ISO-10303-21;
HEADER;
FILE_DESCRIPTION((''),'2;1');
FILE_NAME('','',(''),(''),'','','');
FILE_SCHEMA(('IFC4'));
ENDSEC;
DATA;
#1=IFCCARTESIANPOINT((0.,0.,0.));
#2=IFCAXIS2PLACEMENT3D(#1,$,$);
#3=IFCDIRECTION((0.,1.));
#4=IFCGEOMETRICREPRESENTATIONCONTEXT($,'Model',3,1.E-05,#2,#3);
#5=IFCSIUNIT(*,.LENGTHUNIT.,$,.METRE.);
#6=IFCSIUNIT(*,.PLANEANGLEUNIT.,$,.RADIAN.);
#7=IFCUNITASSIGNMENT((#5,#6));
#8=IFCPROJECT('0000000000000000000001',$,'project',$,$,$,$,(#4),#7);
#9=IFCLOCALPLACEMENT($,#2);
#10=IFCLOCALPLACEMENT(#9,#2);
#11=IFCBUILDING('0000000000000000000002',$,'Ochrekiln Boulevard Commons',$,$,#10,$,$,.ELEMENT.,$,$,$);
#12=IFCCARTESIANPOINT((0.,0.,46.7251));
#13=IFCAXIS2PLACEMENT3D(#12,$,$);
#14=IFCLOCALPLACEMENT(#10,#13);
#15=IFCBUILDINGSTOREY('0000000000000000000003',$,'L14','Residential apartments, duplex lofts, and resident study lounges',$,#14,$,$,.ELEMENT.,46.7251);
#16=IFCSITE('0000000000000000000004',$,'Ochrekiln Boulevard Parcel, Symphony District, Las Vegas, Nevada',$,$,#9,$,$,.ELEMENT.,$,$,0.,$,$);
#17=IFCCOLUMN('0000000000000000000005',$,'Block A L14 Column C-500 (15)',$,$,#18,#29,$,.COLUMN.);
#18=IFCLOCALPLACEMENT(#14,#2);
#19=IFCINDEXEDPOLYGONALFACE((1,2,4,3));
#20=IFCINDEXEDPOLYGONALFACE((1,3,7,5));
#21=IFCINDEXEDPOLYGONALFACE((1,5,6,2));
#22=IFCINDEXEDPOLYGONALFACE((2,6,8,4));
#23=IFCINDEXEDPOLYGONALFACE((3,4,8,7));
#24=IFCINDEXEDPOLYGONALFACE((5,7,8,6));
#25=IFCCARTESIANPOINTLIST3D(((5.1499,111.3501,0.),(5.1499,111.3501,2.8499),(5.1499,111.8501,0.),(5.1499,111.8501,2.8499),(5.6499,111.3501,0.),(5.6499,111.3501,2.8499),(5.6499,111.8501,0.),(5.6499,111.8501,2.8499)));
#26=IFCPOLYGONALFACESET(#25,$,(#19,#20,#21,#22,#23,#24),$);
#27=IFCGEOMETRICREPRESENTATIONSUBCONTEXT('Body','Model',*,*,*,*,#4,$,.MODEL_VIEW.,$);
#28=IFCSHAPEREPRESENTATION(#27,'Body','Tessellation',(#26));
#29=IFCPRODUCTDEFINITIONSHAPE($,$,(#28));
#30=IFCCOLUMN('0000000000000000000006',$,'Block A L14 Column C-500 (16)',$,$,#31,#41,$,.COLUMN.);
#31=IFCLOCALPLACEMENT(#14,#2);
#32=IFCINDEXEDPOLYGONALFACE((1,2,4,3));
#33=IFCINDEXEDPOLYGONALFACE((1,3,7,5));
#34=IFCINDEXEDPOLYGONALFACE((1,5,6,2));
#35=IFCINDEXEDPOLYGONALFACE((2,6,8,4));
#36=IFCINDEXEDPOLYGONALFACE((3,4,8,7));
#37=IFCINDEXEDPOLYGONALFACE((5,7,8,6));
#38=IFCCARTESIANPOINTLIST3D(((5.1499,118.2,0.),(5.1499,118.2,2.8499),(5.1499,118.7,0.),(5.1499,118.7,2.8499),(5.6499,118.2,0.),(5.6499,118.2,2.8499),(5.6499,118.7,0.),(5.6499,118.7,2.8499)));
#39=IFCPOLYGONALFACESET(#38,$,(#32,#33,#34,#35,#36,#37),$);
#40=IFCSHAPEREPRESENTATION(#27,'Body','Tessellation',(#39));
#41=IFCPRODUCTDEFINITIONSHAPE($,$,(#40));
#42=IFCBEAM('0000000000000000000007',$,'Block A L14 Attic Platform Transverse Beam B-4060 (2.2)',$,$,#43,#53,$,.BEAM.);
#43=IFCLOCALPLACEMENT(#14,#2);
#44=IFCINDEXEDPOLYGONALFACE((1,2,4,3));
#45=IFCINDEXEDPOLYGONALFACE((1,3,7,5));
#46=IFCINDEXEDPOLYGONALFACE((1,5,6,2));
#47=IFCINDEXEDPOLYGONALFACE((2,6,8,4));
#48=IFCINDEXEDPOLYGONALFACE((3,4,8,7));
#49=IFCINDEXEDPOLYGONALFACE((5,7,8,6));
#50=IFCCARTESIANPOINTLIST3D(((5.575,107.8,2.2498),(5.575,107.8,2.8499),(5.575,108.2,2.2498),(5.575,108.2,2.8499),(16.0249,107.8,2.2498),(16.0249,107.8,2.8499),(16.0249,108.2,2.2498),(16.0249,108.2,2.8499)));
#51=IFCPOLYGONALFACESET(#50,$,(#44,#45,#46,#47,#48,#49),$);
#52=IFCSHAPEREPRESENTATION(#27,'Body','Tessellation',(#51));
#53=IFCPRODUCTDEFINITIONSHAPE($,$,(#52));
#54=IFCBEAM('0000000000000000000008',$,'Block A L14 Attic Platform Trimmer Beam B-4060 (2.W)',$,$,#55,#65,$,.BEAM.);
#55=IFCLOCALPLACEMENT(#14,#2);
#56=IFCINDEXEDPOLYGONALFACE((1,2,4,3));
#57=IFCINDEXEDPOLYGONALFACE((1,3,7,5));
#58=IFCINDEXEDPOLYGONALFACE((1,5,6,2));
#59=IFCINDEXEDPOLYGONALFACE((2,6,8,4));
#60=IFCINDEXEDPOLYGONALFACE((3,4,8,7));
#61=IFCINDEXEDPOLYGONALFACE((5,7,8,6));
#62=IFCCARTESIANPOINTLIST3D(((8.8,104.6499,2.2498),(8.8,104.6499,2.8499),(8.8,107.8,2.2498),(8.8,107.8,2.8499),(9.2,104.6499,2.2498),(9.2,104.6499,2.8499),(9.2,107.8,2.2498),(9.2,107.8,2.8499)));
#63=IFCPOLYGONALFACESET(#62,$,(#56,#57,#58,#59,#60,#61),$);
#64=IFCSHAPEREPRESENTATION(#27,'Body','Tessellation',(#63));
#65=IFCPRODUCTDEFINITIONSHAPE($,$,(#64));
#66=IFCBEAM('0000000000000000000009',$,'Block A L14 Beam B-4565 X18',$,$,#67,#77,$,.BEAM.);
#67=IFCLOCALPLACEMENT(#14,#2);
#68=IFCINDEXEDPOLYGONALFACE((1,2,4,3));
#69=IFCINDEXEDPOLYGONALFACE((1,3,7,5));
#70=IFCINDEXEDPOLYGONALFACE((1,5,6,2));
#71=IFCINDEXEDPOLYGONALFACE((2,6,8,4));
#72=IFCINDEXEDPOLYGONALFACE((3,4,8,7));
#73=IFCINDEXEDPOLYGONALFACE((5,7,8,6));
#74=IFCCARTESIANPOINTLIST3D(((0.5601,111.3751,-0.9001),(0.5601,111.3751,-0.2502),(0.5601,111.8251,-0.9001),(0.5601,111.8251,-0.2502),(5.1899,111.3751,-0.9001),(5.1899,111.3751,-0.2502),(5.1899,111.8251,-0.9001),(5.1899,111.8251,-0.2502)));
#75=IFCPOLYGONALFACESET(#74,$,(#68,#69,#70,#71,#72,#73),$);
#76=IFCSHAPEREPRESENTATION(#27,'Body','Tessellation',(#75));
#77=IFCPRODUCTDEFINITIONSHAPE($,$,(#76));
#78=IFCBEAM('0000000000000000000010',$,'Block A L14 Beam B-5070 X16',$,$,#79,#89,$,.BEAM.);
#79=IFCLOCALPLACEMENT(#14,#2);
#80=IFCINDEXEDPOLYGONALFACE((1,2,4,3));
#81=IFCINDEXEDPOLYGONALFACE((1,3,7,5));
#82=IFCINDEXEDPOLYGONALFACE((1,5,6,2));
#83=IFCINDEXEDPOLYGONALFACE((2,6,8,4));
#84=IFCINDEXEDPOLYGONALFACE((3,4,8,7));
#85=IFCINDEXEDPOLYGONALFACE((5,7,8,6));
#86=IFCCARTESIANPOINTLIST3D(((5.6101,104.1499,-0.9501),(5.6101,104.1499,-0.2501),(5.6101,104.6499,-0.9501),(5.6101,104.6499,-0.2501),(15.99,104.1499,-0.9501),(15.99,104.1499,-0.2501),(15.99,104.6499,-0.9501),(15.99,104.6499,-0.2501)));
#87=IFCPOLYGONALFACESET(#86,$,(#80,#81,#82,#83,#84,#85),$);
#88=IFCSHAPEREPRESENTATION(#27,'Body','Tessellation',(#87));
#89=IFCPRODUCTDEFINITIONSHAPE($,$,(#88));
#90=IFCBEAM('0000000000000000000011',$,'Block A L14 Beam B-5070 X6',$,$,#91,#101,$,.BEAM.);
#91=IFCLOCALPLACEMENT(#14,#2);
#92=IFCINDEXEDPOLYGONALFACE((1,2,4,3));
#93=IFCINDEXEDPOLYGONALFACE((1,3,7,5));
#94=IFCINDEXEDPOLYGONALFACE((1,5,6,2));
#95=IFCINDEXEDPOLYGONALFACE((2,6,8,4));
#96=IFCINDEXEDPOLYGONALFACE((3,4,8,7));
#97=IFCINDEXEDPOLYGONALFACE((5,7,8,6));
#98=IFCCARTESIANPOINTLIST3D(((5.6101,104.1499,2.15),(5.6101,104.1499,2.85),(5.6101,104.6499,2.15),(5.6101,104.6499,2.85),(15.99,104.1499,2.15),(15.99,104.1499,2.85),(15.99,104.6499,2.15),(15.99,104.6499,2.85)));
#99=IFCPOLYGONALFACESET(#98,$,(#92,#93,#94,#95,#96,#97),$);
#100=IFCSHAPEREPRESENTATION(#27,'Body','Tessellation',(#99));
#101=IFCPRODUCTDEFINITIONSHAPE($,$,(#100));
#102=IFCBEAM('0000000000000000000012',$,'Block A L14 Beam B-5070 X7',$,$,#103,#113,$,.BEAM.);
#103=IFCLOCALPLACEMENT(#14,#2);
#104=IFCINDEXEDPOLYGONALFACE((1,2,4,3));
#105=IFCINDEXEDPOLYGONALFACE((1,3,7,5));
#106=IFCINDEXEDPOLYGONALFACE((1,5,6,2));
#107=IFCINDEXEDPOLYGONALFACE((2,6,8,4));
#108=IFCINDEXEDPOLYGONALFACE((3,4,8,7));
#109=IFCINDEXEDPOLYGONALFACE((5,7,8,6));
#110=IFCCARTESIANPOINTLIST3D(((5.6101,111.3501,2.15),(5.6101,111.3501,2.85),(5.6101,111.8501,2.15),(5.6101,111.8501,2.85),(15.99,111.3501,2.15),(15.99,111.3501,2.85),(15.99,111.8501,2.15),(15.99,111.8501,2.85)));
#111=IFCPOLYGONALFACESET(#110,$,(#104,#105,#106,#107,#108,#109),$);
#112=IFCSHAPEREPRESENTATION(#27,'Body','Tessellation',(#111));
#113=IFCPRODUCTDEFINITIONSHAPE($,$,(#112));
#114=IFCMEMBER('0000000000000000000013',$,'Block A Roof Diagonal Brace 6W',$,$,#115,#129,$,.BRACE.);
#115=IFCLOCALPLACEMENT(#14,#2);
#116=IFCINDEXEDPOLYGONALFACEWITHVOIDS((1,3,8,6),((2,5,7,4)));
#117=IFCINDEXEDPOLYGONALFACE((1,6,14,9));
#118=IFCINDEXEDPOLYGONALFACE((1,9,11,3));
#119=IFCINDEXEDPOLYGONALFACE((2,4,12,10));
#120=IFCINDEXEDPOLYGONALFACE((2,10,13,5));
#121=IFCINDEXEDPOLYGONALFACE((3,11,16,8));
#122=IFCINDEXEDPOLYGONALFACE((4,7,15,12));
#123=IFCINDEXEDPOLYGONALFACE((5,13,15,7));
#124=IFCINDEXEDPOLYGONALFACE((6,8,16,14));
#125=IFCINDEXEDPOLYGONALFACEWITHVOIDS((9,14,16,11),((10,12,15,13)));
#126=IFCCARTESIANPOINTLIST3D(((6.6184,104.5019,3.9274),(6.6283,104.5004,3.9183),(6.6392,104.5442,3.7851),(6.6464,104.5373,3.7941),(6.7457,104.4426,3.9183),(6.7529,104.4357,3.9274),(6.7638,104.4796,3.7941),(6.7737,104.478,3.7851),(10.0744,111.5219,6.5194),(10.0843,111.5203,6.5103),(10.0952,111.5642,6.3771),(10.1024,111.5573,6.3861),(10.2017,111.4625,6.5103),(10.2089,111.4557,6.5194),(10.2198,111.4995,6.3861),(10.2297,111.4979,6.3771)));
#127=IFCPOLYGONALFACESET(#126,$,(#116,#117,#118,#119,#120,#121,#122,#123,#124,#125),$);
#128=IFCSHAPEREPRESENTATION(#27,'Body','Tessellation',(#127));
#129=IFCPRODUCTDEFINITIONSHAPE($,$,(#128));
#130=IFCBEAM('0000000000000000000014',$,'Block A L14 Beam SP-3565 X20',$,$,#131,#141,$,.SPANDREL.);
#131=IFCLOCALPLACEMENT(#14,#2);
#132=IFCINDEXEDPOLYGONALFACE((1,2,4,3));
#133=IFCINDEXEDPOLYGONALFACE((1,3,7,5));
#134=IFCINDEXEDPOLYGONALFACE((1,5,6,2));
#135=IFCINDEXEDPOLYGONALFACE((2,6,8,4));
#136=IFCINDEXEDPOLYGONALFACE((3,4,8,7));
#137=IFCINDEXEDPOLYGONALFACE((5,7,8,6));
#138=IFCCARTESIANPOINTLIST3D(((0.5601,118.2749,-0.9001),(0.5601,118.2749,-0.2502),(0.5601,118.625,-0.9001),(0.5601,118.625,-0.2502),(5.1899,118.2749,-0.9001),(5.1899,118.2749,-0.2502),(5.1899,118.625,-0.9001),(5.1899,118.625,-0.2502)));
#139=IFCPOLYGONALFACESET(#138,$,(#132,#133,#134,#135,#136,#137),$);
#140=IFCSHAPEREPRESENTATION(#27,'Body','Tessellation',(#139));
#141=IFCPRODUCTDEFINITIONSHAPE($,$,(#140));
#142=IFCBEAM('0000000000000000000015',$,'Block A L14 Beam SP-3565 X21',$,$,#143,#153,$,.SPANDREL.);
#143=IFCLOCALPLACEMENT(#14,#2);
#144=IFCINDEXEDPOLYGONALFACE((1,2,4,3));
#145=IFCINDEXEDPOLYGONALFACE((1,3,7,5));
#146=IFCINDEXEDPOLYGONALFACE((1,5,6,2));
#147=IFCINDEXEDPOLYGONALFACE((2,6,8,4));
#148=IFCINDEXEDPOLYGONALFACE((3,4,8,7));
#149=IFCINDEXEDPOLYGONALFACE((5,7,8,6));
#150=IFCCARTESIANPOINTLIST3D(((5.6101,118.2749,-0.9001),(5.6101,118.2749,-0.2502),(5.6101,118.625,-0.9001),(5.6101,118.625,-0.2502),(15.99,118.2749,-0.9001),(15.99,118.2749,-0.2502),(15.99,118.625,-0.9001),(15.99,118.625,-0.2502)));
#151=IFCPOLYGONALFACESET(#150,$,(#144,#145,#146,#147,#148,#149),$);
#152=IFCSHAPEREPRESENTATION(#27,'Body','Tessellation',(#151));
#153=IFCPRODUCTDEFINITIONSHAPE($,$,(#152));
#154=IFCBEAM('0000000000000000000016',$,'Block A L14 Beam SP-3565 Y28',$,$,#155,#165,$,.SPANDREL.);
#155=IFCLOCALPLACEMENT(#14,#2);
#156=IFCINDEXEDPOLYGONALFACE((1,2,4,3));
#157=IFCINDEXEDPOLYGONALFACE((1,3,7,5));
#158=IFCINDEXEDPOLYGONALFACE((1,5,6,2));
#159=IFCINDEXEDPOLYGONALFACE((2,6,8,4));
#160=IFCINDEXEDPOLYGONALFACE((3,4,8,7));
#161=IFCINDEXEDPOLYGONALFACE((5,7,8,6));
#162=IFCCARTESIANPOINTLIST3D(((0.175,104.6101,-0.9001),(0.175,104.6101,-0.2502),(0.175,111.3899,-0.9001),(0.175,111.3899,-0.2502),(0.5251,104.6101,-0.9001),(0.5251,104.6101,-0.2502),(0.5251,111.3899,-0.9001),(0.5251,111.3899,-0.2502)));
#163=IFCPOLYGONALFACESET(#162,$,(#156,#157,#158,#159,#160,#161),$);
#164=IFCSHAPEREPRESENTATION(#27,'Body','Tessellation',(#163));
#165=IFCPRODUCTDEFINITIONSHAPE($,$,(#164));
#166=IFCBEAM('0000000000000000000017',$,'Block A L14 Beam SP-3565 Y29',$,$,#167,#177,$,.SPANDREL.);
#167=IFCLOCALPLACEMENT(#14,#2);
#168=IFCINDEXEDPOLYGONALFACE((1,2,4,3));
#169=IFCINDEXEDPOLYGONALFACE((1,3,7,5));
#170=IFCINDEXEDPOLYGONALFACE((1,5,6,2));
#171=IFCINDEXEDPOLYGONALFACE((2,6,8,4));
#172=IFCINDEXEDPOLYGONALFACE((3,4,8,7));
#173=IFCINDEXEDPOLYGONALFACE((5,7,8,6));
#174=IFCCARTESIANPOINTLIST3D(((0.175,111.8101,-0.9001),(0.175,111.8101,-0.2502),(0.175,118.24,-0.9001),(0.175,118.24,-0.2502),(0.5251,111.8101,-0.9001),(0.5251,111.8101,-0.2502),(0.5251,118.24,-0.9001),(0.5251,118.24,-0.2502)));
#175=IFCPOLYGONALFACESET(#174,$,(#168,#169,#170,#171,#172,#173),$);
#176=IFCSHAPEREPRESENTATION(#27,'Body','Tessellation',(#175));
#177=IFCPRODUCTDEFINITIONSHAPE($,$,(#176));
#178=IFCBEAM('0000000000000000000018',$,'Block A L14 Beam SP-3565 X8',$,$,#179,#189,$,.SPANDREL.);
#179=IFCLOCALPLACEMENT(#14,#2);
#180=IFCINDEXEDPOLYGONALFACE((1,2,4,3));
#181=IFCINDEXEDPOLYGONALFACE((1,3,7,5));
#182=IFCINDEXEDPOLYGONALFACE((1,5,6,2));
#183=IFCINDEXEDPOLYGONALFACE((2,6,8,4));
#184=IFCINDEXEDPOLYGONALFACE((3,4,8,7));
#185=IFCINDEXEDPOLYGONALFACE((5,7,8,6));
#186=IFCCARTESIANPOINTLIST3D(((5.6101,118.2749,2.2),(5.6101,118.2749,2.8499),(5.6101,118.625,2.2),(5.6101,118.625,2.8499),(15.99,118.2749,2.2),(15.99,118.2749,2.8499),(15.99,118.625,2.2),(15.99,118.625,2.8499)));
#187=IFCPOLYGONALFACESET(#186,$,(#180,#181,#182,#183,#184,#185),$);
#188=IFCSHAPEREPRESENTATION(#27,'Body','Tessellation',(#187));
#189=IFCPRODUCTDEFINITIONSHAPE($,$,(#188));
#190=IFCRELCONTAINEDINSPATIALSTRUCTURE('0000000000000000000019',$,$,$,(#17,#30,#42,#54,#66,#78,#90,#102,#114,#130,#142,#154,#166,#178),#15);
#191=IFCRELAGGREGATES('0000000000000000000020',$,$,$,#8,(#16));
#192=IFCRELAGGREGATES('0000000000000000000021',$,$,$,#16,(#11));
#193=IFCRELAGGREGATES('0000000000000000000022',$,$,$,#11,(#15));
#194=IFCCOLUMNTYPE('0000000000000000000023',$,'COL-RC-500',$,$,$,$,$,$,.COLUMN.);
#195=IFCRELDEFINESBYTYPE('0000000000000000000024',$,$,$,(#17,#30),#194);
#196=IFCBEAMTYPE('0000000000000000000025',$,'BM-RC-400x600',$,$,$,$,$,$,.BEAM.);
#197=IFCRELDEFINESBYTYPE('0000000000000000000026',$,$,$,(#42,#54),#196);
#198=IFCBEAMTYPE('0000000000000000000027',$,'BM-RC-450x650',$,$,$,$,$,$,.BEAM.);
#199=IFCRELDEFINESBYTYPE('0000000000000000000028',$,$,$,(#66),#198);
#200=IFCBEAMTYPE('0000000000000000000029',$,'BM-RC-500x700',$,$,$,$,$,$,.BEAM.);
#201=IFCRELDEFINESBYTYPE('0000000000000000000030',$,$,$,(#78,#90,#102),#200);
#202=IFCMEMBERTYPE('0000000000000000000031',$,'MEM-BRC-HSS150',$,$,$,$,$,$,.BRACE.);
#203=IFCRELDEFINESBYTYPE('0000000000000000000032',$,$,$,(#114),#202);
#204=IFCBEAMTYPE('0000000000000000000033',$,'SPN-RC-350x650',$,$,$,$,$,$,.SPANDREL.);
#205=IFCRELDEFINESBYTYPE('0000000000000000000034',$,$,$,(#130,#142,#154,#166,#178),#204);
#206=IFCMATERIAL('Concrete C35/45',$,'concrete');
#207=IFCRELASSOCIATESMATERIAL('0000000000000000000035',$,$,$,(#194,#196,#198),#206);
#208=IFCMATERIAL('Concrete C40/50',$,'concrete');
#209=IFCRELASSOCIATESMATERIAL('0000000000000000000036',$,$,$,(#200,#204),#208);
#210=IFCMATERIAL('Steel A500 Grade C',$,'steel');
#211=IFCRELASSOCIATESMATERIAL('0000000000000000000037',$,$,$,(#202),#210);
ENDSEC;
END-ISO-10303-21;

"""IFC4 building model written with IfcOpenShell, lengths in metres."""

from ifc_helpers import new_model, si_unit, direction, frame, origin, origin_2d, place, context, subcontext, project, spatial, rectangle, hollow_rectangle, extrude, material, material_profile, profile_set, type_object, element, save


model = new_model("IFC4")

# Units and contexts
model_context = context("Model", 3, precision=1e-05, world=origin(), true_north=direction((0.0, 1.0)))
body_context = subcontext(model_context, "Body", "Model", "MODEL_VIEW")
ifc_project = project(units=[si_unit("LENGTHUNIT", "METRE"), si_unit("PLANEANGLEUNIT", "RADIAN")], contexts=[model_context])

# Site, building, storey
site_placement = place(None, origin())
site = spatial("IfcSite", under=ifc_project, at=site_placement, Name="Ochrekiln Boulevard Parcel, Symphony District, Las Vegas, Nevada", CompositionType="ELEMENT", RefElevation=0.0)
building_placement = place(site_placement, origin())
building = spatial("IfcBuilding", under=site, at=building_placement, Name="Ochrekiln Boulevard Commons", CompositionType="ELEMENT")
storey_placement = place(building_placement, frame((0.0, 0.0, 46.7251)))
storey = spatial("IfcBuildingStorey", under=building, at=storey_placement, Name="L14", Description="Residential apartments, duplex lofts, and resident study lounges", CompositionType="ELEMENT", Elevation=46.7251)

# Columns
ifc_material_1 = material(Name="Concrete C35/45", Category="concrete")
ifc_material_profile_1 = material_profile(ifc_material_1, rectangle(XDim=0.5, YDim=0.5, at=origin_2d()), Name="RC-COL-500x500")
ifc_profile_set_1 = profile_set([ifc_material_profile_1], Name="Concrete C35/45")
column_type = type_object("IfcColumnType", Name="COL-RC-500", PredefinedType="COLUMN", material=ifc_profile_set_1)
for number, where, z_axis, x_axis, name in (
    (1, (5.3999, 111.6001, 0.0), (0.0, 0.0, 1.0), (1.0, 0.0, 0.0), "Block A L14 Column C-500 (15)"),
    (2, (5.3999, 118.45, 0.0), (0.0, 0.0, 1.0), (1.0, 0.0, 0.0), "Block A L14 Column C-500 (16)"),
):
    element("IfcColumn", number, at=place(storey_placement, frame(where, z_axis=z_axis, x_axis=x_axis)), inside=storey, type_object=column_type, Name=name, PredefinedType="COLUMN", context=body_context, shape_type="SweptSolid", body=[
        extrude(rectangle(XDim=0.5, YDim=0.5, at=origin_2d()), origin(), (0.0, 0.0, 1.0), 2.8499),
    ])

# Beams
ifc_material_profile_2 = material_profile(ifc_material_1, rectangle(XDim=0.3999, YDim=0.6001, at=origin_2d()), Name="RC-BM-400x600")
ifc_profile_set_2 = profile_set([ifc_material_profile_2], Name="Concrete C35/45")
beam_type_1 = type_object("IfcBeamType", Name="BM-RC-400x600", PredefinedType="BEAM", material=ifc_profile_set_2)
beam_1_placement = place(storey_placement, frame((5.575, 108.0, 2.5498), z_axis=(1.0, 0.0, 0.0), x_axis=(0.0, 1.0, 0.0)))
element("IfcBeam", 3, at=beam_1_placement, inside=storey, type_object=beam_type_1, Name="Block A L14 Attic Platform Transverse Beam B-4060 (2.2)", PredefinedType="BEAM", context=body_context, shape_type="SweptSolid", body=[
    extrude(rectangle(XDim=0.3999, YDim=0.6001, at=origin_2d()), origin(), (0.0, 0.0, 1.0), 10.45),
])
beam_2_placement = place(storey_placement, frame((9.0, 104.6499, 2.5498), z_axis=(0.0, 1.0, 0.0), x_axis=(-1.0, 0.0, 0.0)))
element("IfcBeam", 4, at=beam_2_placement, inside=storey, type_object=beam_type_1, Name="Block A L14 Attic Platform Trimmer Beam B-4060 (2.W)", PredefinedType="BEAM", context=body_context, shape_type="SweptSolid", body=[
    extrude(rectangle(XDim=0.3999, YDim=0.6001, at=origin_2d()), origin(), (0.0, 0.0, 1.0), 3.1501),
])
ifc_material_profile_3 = material_profile(ifc_material_1, rectangle(XDim=0.45, YDim=0.6499, at=origin_2d()), Name="RC-BM-450x650")
ifc_profile_set_3 = profile_set([ifc_material_profile_3], Name="Concrete C35/45")
beam_type_2 = type_object("IfcBeamType", Name="BM-RC-450x650", PredefinedType="BEAM", material=ifc_profile_set_3)
beam_3_placement = place(storey_placement, frame((0.5601, 111.6001, -0.5752), z_axis=(1.0, 0.0, 0.0), x_axis=(0.0, 1.0, 0.0)))
element("IfcBeam", 5, at=beam_3_placement, inside=storey, type_object=beam_type_2, Name="Block A L14 Beam B-4565 X18", PredefinedType="BEAM", context=body_context, shape_type="SweptSolid", body=[
    extrude(rectangle(XDim=0.45, YDim=0.6499, at=origin_2d()), origin(), (0.0, 0.0, 1.0), 4.6299),
])
ifc_material_2 = material(Name="Concrete C40/50", Category="concrete")
ifc_material_profile_4 = material_profile(ifc_material_2, rectangle(XDim=0.5, YDim=0.7, at=origin_2d()), Name="RC-BM-500x700")
ifc_profile_set_4 = profile_set([ifc_material_profile_4], Name="Concrete C40/50")
beam_type_3 = type_object("IfcBeamType", Name="BM-RC-500x700", PredefinedType="BEAM", material=ifc_profile_set_4)
for number, where, z_axis, x_axis, name in (
    (6, (5.6101, 104.3999, -0.6001), (1.0, 0.0, 0.0), (0.0, 1.0, 0.0), "Block A L14 Beam B-5070 X16"),
    (7, (5.6101, 104.3999, 2.5), (1.0, 0.0, 0.0), (0.0, 1.0, 0.0), "Block A L14 Beam B-5070 X6"),
    (8, (5.6101, 111.6001, 2.5), (1.0, 0.0, 0.0), (0.0, 1.0, 0.0), "Block A L14 Beam B-5070 X7"),
):
    element("IfcBeam", number, at=place(storey_placement, frame(where, z_axis=z_axis, x_axis=x_axis)), inside=storey, type_object=beam_type_3, Name=name, PredefinedType="BEAM", context=body_context, shape_type="SweptSolid", body=[
        extrude(rectangle(XDim=0.5, YDim=0.7, at=origin_2d()), origin(), (0.0, 0.0, 1.0), 10.3799),
    ])

# Member
ifc_material_3 = material(Name="Steel A500 Grade C", Category="steel")
ifc_material_profile_5 = material_profile(ifc_material_3, hollow_rectangle(XDim=0.1499, YDim=0.1499, WallThickness=0.0095, at=origin_2d()), Name="HSS150X150X9.5")
ifc_profile_set_5 = profile_set([ifc_material_profile_5], Name="Steel A500 Grade C")
member_type = type_object("IfcMemberType", Name="MEM-BRC-HSS150", PredefinedType="BRACE", material=ifc_profile_set_5)
member_placement = place(storey_placement, frame((6.696, 104.49, 3.8562), z_axis=(0.419282, 0.851655, 0.314461), x_axis=(-0.897168, 0.441689, 0.0)))
element("IfcMember", 9, at=member_placement, inside=storey, type_object=member_type, Name="Block A Roof Diagonal Brace 6W", PredefinedType="BRACE", context=body_context, shape_type="SweptSolid", body=[
    extrude(hollow_rectangle(XDim=0.1499, YDim=0.1499, WallThickness=0.0095, at=origin_2d()), origin(), (0.0, 0.0, 1.0), 8.2427),
])

# Beams
ifc_material_profile_6 = material_profile(ifc_material_2, rectangle(XDim=0.3501, YDim=0.6499, at=origin_2d()), Name="RC-SPN-350x650")
ifc_profile_set_6 = profile_set([ifc_material_profile_6], Name="Concrete C40/50")
beam_type_4 = type_object("IfcBeamType", Name="SPN-RC-350x650", PredefinedType="SPANDREL", material=ifc_profile_set_6)
beam_4_placement = place(storey_placement, frame((0.5601, 118.45, -0.5752), z_axis=(1.0, 0.0, 0.0), x_axis=(0.0, 1.0, 0.0)))
element("IfcBeam", 10, at=beam_4_placement, inside=storey, type_object=beam_type_4, Name="Block A L14 Beam SP-3565 X20", PredefinedType="SPANDREL", context=body_context, shape_type="SweptSolid", body=[
    extrude(rectangle(XDim=0.3501, YDim=0.6499, at=origin_2d()), origin(), (0.0, 0.0, 1.0), 4.6299),
])
beam_5_placement = place(storey_placement, frame((5.6101, 118.45, -0.5752), z_axis=(1.0, 0.0, 0.0), x_axis=(0.0, 1.0, 0.0)))
element("IfcBeam", 11, at=beam_5_placement, inside=storey, type_object=beam_type_4, Name="Block A L14 Beam SP-3565 X21", PredefinedType="SPANDREL", context=body_context, shape_type="SweptSolid", body=[
    extrude(rectangle(XDim=0.3501, YDim=0.6499, at=origin_2d()), origin(), (0.0, 0.0, 1.0), 10.3799),
])
beam_6_placement = place(storey_placement, frame((0.3501, 104.6101, -0.5752), z_axis=(0.0, 1.0, 0.0), x_axis=(-1.0, 0.0, 0.0)))
element("IfcBeam", 12, at=beam_6_placement, inside=storey, type_object=beam_type_4, Name="Block A L14 Beam SP-3565 Y28", PredefinedType="SPANDREL", context=body_context, shape_type="SweptSolid", body=[
    extrude(rectangle(XDim=0.3501, YDim=0.6499, at=origin_2d()), origin(), (0.0, 0.0, 1.0), 6.7798),
])
beam_7_placement = place(storey_placement, frame((0.3501, 111.8101, -0.5752), z_axis=(0.0, 1.0, 0.0), x_axis=(-1.0, 0.0, 0.0)))
element("IfcBeam", 13, at=beam_7_placement, inside=storey, type_object=beam_type_4, Name="Block A L14 Beam SP-3565 Y29", PredefinedType="SPANDREL", context=body_context, shape_type="SweptSolid", body=[
    extrude(rectangle(XDim=0.3501, YDim=0.6499, at=origin_2d()), origin(), (0.0, 0.0, 1.0), 6.4299),
])
beam_8_placement = place(storey_placement, frame((5.6101, 118.45, 2.5249), z_axis=(1.0, 0.0, 0.0), x_axis=(0.0, 1.0, 0.0)))
element("IfcBeam", 14, at=beam_8_placement, inside=storey, type_object=beam_type_4, Name="Block A L14 Beam SP-3565 X8", PredefinedType="SPANDREL", context=body_context, shape_type="SweptSolid", body=[
    extrude(rectangle(XDim=0.3501, YDim=0.6499, at=origin_2d()), origin(), (0.0, 0.0, 1.0), 10.3799),
])

save(model, "model.ifc")
